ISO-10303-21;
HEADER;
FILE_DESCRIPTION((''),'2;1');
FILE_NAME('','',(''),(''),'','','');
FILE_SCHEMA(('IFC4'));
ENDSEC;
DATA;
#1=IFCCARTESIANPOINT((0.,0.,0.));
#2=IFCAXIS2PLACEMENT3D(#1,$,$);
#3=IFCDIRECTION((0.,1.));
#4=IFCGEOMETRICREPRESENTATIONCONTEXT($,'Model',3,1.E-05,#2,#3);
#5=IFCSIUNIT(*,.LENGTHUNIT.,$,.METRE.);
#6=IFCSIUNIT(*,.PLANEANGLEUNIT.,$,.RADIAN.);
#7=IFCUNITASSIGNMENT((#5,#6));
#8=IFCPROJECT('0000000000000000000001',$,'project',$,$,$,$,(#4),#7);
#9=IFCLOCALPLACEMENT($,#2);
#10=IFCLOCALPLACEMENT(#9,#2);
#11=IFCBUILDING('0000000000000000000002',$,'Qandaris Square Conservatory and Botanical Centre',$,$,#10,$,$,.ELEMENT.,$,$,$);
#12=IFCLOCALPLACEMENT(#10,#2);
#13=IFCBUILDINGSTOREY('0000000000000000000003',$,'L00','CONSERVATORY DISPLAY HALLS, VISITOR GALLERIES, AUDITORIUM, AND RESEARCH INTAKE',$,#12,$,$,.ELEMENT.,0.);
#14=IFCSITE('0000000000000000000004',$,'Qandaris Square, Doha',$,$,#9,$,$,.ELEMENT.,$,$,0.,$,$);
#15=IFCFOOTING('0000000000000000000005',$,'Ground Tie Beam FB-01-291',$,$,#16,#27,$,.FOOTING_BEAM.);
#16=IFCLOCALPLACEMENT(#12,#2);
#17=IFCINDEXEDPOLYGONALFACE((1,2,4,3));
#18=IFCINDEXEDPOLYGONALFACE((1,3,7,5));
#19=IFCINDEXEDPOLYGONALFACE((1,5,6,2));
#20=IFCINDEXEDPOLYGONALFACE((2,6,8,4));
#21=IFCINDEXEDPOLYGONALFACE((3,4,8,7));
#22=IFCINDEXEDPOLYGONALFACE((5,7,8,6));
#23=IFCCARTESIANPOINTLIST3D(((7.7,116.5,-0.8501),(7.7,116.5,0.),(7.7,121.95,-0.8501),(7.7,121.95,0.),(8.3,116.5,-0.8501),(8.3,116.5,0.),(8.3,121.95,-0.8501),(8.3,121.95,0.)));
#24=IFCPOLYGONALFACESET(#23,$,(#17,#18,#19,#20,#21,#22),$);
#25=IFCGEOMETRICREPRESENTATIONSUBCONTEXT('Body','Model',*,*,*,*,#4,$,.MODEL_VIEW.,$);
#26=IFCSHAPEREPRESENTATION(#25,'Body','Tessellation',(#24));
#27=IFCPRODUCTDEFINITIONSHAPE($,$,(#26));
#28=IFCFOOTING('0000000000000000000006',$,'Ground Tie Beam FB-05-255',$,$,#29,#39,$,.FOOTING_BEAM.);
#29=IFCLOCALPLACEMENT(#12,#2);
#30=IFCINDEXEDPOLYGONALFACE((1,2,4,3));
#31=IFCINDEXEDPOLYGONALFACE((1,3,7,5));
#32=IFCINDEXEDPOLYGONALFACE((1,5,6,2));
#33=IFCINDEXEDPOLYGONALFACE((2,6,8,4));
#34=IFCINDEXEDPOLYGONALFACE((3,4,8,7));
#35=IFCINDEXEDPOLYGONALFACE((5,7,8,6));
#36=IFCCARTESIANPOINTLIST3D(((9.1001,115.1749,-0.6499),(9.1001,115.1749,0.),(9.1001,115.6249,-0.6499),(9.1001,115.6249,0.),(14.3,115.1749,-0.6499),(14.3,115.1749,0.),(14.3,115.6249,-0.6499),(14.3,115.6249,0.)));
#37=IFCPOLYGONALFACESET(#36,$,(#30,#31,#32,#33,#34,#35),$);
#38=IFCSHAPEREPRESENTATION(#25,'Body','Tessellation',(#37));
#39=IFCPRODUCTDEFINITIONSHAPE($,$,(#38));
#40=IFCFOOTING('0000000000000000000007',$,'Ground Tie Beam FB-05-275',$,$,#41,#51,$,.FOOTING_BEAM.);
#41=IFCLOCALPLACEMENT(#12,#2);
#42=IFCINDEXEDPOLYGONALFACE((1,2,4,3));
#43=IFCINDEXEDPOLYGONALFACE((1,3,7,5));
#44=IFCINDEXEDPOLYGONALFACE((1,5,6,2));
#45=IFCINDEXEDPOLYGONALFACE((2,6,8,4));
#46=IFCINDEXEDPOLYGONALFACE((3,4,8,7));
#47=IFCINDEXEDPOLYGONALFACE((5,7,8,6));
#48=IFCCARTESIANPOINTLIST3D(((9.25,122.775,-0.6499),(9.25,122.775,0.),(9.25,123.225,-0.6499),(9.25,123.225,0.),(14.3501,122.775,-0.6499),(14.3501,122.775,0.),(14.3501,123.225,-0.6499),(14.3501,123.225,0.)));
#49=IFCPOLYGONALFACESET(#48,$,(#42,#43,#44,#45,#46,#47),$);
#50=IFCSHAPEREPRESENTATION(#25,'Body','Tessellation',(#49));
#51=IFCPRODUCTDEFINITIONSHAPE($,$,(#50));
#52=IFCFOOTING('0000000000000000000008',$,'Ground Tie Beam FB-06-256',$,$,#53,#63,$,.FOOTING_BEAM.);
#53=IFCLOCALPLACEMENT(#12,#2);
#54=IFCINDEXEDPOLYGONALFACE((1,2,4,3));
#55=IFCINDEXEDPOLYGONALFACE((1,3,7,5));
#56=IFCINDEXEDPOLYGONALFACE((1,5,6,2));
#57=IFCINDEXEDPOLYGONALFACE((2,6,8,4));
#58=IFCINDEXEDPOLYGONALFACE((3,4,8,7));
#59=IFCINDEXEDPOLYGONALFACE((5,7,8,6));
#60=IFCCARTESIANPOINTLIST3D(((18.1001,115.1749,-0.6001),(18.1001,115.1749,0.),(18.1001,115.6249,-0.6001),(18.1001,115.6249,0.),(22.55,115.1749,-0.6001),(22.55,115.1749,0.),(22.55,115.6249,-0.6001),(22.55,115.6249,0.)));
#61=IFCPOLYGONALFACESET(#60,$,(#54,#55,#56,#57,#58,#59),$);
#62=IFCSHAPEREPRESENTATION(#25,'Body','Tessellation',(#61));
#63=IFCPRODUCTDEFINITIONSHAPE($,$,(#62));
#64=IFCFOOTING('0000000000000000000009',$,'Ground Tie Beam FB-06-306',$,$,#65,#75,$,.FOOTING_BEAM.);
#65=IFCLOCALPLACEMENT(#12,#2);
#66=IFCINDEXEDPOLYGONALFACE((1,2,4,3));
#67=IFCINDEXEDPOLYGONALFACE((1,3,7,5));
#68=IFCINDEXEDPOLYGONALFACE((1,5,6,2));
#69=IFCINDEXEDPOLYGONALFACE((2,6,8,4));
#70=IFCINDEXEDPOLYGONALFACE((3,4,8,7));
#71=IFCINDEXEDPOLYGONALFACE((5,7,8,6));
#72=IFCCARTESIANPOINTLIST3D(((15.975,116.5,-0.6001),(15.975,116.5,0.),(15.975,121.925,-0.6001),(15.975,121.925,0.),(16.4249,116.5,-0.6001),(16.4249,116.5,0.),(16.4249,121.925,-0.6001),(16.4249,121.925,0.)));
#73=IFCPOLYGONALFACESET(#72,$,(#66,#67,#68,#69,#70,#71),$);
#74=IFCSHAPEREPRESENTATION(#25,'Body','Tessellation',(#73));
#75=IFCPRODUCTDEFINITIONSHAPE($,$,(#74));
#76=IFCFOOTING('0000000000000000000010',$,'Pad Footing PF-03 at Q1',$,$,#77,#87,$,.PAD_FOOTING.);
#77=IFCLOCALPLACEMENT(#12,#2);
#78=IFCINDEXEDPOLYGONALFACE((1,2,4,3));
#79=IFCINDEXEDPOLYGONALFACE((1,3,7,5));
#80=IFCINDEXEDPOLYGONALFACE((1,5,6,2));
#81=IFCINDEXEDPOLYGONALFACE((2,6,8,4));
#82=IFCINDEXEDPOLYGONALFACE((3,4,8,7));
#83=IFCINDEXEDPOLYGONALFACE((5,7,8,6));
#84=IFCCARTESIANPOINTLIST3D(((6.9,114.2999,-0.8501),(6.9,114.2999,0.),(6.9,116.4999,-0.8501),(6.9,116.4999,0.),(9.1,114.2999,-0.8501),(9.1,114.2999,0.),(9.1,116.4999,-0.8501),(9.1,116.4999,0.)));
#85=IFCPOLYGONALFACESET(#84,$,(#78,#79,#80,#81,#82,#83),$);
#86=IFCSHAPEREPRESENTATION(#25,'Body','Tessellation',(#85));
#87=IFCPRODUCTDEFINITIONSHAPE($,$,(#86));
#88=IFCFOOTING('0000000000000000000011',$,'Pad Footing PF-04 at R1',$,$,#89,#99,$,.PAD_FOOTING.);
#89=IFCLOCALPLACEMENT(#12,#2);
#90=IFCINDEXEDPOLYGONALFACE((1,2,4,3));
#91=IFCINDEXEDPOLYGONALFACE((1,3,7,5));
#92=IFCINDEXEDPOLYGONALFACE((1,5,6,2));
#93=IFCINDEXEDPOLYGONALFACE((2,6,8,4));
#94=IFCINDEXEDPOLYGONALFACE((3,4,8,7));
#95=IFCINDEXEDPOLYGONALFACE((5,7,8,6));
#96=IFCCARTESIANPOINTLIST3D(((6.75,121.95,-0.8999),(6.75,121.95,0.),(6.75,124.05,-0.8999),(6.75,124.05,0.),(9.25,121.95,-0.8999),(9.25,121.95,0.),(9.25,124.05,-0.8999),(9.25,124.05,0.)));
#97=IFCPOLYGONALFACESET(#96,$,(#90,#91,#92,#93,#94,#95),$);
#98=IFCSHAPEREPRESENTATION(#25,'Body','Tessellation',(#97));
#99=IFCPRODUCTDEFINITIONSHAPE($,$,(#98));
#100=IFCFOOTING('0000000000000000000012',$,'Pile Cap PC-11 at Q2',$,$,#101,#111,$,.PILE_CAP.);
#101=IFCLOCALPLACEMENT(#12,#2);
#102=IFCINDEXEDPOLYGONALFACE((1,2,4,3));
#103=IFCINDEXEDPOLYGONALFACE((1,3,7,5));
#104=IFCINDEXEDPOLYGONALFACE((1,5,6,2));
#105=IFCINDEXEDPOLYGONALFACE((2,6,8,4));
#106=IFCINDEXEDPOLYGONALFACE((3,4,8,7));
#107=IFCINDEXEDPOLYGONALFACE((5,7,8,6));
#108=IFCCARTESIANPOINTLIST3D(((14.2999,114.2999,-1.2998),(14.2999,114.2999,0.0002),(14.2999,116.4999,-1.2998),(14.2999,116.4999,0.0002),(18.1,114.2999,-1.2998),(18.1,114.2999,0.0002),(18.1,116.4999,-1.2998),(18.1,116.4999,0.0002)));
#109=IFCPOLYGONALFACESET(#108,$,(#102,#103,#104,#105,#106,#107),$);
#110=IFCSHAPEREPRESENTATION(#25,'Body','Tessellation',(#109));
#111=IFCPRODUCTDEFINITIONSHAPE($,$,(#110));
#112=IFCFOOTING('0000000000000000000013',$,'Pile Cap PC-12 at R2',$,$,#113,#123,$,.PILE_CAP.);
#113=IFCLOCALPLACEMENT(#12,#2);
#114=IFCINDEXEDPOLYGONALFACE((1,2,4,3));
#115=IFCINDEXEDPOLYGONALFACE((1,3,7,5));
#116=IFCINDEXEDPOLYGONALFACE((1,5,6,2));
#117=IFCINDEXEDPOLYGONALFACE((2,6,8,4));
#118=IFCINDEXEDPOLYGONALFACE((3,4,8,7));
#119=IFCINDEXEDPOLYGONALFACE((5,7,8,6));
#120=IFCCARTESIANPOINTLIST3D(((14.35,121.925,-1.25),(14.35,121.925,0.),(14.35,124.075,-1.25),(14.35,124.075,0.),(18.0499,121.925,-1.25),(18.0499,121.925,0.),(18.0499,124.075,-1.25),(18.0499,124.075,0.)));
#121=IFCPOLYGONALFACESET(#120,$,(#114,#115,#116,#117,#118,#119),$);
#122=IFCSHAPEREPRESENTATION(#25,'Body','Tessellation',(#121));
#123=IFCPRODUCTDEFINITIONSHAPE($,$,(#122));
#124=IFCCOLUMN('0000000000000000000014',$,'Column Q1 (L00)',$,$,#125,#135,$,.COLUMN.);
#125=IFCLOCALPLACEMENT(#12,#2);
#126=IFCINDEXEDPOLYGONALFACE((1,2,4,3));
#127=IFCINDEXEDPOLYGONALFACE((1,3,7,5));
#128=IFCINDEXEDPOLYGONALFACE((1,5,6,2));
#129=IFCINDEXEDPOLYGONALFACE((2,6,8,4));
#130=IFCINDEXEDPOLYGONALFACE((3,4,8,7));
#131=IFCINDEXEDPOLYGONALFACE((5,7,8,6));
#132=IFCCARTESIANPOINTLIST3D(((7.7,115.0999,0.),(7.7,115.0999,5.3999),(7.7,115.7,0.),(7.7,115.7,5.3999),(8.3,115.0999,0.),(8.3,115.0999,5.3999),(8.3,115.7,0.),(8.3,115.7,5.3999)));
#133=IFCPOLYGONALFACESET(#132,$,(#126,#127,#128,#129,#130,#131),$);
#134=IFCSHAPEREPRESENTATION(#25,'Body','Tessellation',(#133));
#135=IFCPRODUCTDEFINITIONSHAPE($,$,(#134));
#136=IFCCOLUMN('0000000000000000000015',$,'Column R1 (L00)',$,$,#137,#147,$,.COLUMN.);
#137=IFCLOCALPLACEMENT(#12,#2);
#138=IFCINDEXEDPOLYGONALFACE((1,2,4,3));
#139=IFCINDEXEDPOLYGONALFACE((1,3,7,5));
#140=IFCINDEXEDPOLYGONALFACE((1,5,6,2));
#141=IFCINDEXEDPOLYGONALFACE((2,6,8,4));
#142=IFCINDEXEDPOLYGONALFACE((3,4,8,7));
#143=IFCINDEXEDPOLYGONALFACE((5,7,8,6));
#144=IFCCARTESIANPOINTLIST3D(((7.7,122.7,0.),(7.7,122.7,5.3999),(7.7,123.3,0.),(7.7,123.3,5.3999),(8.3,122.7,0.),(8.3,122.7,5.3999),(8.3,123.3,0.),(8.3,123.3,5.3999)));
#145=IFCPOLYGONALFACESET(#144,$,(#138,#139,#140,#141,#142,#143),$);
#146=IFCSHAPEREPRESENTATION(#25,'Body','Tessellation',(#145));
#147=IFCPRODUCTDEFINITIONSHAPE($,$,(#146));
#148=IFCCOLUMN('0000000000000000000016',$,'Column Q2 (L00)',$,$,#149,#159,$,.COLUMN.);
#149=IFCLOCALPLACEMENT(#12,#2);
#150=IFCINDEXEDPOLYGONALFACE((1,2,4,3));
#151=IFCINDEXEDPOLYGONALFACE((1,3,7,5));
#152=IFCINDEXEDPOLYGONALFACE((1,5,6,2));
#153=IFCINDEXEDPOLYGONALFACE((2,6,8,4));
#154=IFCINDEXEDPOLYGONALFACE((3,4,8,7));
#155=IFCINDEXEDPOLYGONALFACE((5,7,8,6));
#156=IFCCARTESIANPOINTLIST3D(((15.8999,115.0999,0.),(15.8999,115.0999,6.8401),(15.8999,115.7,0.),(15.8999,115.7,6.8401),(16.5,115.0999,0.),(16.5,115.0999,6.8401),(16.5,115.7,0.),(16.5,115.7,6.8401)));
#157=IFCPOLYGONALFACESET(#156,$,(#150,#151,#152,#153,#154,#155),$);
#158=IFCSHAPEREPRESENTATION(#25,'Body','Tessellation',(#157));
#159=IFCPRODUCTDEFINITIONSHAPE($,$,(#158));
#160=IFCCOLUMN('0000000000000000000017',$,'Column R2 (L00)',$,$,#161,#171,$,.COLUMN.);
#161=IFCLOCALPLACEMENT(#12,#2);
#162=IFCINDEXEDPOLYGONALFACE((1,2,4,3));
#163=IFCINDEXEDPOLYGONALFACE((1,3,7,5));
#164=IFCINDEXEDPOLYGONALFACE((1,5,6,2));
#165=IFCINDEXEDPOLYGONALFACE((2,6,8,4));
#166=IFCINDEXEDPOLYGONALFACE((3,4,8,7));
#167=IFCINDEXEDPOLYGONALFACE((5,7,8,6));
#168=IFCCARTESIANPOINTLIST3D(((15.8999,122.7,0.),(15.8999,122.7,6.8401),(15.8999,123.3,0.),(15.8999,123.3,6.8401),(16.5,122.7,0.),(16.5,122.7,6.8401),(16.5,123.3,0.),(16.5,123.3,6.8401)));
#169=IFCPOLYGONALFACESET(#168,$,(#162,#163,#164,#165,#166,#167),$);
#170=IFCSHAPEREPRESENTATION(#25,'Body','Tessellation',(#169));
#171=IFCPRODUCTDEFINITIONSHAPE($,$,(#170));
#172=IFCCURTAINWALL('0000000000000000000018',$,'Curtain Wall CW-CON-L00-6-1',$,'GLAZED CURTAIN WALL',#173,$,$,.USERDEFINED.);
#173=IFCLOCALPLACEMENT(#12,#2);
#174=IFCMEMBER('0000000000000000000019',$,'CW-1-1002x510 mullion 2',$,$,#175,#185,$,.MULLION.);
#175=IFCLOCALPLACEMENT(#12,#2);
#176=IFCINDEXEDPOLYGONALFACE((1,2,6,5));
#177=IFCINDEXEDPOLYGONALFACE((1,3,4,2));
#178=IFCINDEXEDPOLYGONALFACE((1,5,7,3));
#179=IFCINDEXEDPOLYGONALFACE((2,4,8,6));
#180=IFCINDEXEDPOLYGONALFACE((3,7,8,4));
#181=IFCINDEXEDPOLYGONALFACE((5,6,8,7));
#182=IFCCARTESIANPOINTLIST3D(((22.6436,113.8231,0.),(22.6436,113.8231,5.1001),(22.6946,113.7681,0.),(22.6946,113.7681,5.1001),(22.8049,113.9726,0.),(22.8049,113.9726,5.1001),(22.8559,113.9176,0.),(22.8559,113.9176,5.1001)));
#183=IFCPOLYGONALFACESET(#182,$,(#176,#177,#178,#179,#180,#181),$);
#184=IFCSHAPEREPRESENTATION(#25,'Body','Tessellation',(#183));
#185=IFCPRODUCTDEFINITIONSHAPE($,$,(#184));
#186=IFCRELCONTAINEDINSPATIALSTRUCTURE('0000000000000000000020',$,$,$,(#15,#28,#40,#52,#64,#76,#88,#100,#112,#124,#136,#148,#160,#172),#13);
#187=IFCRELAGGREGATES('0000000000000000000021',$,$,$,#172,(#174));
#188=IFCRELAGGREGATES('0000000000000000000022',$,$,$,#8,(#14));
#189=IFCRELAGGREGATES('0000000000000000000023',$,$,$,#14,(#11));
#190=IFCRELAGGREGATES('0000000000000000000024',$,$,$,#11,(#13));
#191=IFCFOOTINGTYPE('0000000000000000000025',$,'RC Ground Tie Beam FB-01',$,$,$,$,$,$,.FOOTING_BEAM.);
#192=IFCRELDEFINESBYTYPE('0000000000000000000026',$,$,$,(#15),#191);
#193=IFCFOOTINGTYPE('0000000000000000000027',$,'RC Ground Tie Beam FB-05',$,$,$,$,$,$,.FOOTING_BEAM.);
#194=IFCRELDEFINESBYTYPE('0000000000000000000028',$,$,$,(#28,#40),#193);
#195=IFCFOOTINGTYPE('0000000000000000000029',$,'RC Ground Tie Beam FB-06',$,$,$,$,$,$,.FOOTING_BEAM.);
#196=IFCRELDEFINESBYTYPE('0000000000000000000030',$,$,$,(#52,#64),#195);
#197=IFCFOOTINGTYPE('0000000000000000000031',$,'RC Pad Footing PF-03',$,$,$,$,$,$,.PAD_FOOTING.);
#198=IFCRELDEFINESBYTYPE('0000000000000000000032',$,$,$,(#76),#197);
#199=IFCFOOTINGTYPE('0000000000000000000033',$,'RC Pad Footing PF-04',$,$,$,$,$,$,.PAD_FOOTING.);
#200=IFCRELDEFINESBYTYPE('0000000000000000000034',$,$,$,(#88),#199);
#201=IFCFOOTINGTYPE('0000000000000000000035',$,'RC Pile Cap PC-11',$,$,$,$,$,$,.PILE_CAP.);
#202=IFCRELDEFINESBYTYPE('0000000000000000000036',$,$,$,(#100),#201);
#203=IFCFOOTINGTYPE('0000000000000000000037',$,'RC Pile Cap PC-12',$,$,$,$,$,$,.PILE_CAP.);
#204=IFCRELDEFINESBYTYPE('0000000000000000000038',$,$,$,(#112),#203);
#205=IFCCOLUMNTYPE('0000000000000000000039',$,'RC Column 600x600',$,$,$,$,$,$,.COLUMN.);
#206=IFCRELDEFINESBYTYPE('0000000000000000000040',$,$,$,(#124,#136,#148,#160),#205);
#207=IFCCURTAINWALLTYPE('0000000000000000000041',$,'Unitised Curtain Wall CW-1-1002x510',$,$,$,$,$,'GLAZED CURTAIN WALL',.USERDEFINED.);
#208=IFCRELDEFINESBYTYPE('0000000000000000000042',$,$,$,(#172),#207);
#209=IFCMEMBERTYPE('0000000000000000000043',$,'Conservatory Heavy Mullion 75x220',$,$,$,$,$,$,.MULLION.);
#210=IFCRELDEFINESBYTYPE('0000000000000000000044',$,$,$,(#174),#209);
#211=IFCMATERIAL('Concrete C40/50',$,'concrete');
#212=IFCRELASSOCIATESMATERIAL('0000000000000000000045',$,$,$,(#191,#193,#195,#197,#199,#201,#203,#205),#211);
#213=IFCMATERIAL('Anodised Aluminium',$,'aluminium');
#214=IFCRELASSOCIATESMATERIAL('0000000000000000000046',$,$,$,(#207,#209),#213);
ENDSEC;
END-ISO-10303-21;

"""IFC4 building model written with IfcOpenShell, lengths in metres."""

from ifc_helpers import new_model, si_unit, direction, frame, origin, origin_2d, place, context, subcontext, project, spatial, rectangle, extrude, material, material_profile, profile_set, type_object, element, aggregate, save


model = new_model("IFC4")

# Units and contexts
model_context = context("Model", 3, precision=1e-05, world=origin(), true_north=direction((0.0, 1.0)))
body_context = subcontext(model_context, "Body", "Model", "MODEL_VIEW")
ifc_project = project(units=[si_unit("LENGTHUNIT", "METRE"), si_unit("PLANEANGLEUNIT", "RADIAN")], contexts=[model_context])

# Site, building, storey
site_placement = place(None, origin())
site = spatial("IfcSite", under=ifc_project, at=site_placement, Name="Qandaris Square, Doha", CompositionType="ELEMENT", RefElevation=0.0)
building_placement = place(site_placement, origin())
building = spatial("IfcBuilding", under=site, at=building_placement, Name="Qandaris Square Conservatory and Botanical Centre", CompositionType="ELEMENT")
storey_placement = place(building_placement, origin())
storey = spatial("IfcBuildingStorey", under=building, at=storey_placement, Name="L00", Description="CONSERVATORY DISPLAY HALLS, VISITOR GALLERIES, AUDITORIUM, AND RESEARCH INTAKE", CompositionType="ELEMENT", Elevation=0.0)

# Footings
ifc_material_1 = material(Name="Concrete C40/50", Category="concrete")
ifc_material_profile_1 = material_profile(ifc_material_1, rectangle(XDim=0.6001, YDim=0.8501, at=origin_2d()), Name="FB 600x850")
ifc_profile_set_1 = profile_set([ifc_material_profile_1], Name="Concrete C40/50")
footing_type_1 = type_object("IfcFootingType", Name="RC Ground Tie Beam FB-01", PredefinedType="FOOTING_BEAM", material=ifc_profile_set_1)
footing_1_placement = place(storey_placement, frame((8.0, 116.5, -0.425), z_axis=(0.0, 1.0, 0.0), x_axis=(-1.0, 0.0, 0.0)))
element("IfcFooting", 1, at=footing_1_placement, inside=storey, type_object=footing_type_1, Name="Ground Tie Beam FB-01-291", PredefinedType="FOOTING_BEAM", context=body_context, shape_type="SweptSolid", body=[
    extrude(rectangle(XDim=0.6001, YDim=0.8501, at=origin_2d()), origin(), (0.0, 0.0, 1.0), 5.45),
])
ifc_material_profile_2 = material_profile(ifc_material_1, rectangle(XDim=0.45, YDim=0.6499, at=origin_2d()), Name="FB 450x650")
ifc_profile_set_2 = profile_set([ifc_material_profile_2], Name="Concrete C40/50")
footing_type_2 = type_object("IfcFootingType", Name="RC Ground Tie Beam FB-05", PredefinedType="FOOTING_BEAM", material=ifc_profile_set_2)
footing_2_placement = place(storey_placement, frame((9.1001, 115.3999, -0.325), z_axis=(1.0, 0.0, 0.0), x_axis=(0.0, 1.0, 0.0)))
element("IfcFooting", 2, at=footing_2_placement, inside=storey, type_object=footing_type_2, Name="Ground Tie Beam FB-05-255", PredefinedType="FOOTING_BEAM", context=body_context, shape_type="SweptSolid", body=[
    extrude(rectangle(XDim=0.45, YDim=0.6499, at=origin_2d()), origin(), (0.0, 0.0, 1.0), 5.2),
])
footing_3_placement = place(storey_placement, frame((9.25, 123.0, -0.325), z_axis=(1.0, 0.0, 0.0), x_axis=(0.0, 1.0, 0.0)))
element("IfcFooting", 3, at=footing_3_placement, inside=storey, type_object=footing_type_2, Name="Ground Tie Beam FB-05-275", PredefinedType="FOOTING_BEAM", context=body_context, shape_type="SweptSolid", body=[
    extrude(rectangle(XDim=0.45, YDim=0.6499, at=origin_2d()), origin(), (0.0, 0.0, 1.0), 5.1001),
])
ifc_material_profile_3 = material_profile(ifc_material_1, rectangle(XDim=0.45, YDim=0.6001, at=origin_2d()), Name="FB 450x600")
ifc_profile_set_3 = profile_set([ifc_material_profile_3], Name="Concrete C40/50")
footing_type_3 = type_object("IfcFootingType", Name="RC Ground Tie Beam FB-06", PredefinedType="FOOTING_BEAM", material=ifc_profile_set_3)
footing_4_placement = place(storey_placement, frame((18.1001, 115.3999, -0.3), z_axis=(1.0, 0.0, 0.0), x_axis=(0.0, 1.0, 0.0)))
element("IfcFooting", 4, at=footing_4_placement, inside=storey, type_object=footing_type_3, Name="Ground Tie Beam FB-06-256", PredefinedType="FOOTING_BEAM", context=body_context, shape_type="SweptSolid", body=[
    extrude(rectangle(XDim=0.45, YDim=0.6001, at=origin_2d()), origin(), (0.0, 0.0, 1.0), 4.45),
])
footing_5_placement = place(storey_placement, frame((16.2, 116.5, -0.3), z_axis=(0.0, 1.0, 0.0), x_axis=(-1.0, 0.0, 0.0)))
element("IfcFooting", 5, at=footing_5_placement, inside=storey, type_object=footing_type_3, Name="Ground Tie Beam FB-06-306", PredefinedType="FOOTING_BEAM", context=body_context, shape_type="SweptSolid", body=[
    extrude(rectangle(XDim=0.45, YDim=0.6001, at=origin_2d()), origin(), (0.0, 0.0, 1.0), 5.425),
])
footing_type_4 = type_object("IfcFootingType", Name="RC Pad Footing PF-03", PredefinedType="PAD_FOOTING", material=ifc_material_1)
footing_6_placement = place(storey_placement, frame((8.0, 115.3999, -0.8501), z_axis=(0.0, 0.0, 1.0), x_axis=(1.0, 0.0, 0.0)))
element("IfcFooting", 6, at=footing_6_placement, inside=storey, type_object=footing_type_4, Name="Pad Footing PF-03 at Q1", PredefinedType="PAD_FOOTING", context=body_context, shape_type="SweptSolid", body=[
    extrude(rectangle(XDim=2.2, YDim=2.2, at=origin_2d()), origin(), (0.0, 0.0, 1.0), 0.8501),
])
footing_type_5 = type_object("IfcFootingType", Name="RC Pad Footing PF-04", PredefinedType="PAD_FOOTING", material=ifc_material_1)
footing_7_placement = place(storey_placement, frame((8.0, 123.0, -0.8999), z_axis=(0.0, 0.0, 1.0), x_axis=(1.0, 0.0, 0.0)))
element("IfcFooting", 7, at=footing_7_placement, inside=storey, type_object=footing_type_5, Name="Pad Footing PF-04 at R1", PredefinedType="PAD_FOOTING", context=body_context, shape_type="SweptSolid", body=[
    extrude(rectangle(XDim=2.5, YDim=2.1001, at=origin_2d()), origin(), (0.0, 0.0, 1.0), 0.8999),
])
footing_type_6 = type_object("IfcFootingType", Name="RC Pile Cap PC-11", PredefinedType="PILE_CAP", material=ifc_material_1)
footing_8_placement = place(storey_placement, frame((16.2, 115.3999, -1.2998), z_axis=(0.0, 0.0, 1.0), x_axis=(1.0, 0.0, 0.0)))
element("IfcFooting", 8, at=footing_8_placement, inside=storey, type_object=footing_type_6, Name="Pile Cap PC-11 at Q2", PredefinedType="PILE_CAP", context=body_context, shape_type="SweptSolid", body=[
    extrude(rectangle(XDim=3.8, YDim=2.2, at=origin_2d()), origin(), (0.0, 0.0, 1.0), 1.3),
])
footing_type_7 = type_object("IfcFootingType", Name="RC Pile Cap PC-12", PredefinedType="PILE_CAP", material=ifc_material_1)
footing_9_placement = place(storey_placement, frame((16.2, 123.0, -1.25), z_axis=(0.0, 0.0, 1.0), x_axis=(1.0, 0.0, 0.0)))
element("IfcFooting", 9, at=footing_9_placement, inside=storey, type_object=footing_type_7, Name="Pile Cap PC-12 at R2", PredefinedType="PILE_CAP", context=body_context, shape_type="SweptSolid", body=[
    extrude(rectangle(XDim=3.7, YDim=2.1499, at=origin_2d()), origin(), (0.0, 0.0, 1.0), 1.25),
])

# Columns
ifc_material_profile_4 = material_profile(ifc_material_1, rectangle(XDim=0.6001, YDim=0.6001, at=origin_2d()), Name="RC-COL 600x600")
ifc_profile_set_4 = profile_set([ifc_material_profile_4], Name="Concrete C40/50")
column_type = type_object("IfcColumnType", Name="RC Column 600x600", PredefinedType="COLUMN", material=ifc_profile_set_4)
for number, where, z_axis, x_axis, name in (
    (10, (8.0, 115.3999, 0.0), (0.0, 0.0, 1.0), (1.0, 0.0, 0.0), "Column Q1 (L00)"),
    (11, (8.0, 123.0, 0.0), (0.0, 0.0, 1.0), (1.0, 0.0, 0.0), "Column R1 (L00)"),
):
    element("IfcColumn", number, at=place(storey_placement, frame(where, z_axis=z_axis, x_axis=x_axis)), inside=storey, type_object=column_type, Name=name, PredefinedType="COLUMN", context=body_context, shape_type="SweptSolid", body=[
        extrude(rectangle(XDim=0.6001, YDim=0.6001, at=origin_2d()), origin(), (0.0, 0.0, 1.0), 5.3999),
    ])
for number, where, z_axis, x_axis, name in (
    (12, (16.2, 115.3999, 0.0), (0.0, 0.0, 1.0), (1.0, 0.0, 0.0), "Column Q2 (L00)"),
    (13, (16.2, 123.0, 0.0), (0.0, 0.0, 1.0), (1.0, 0.0, 0.0), "Column R2 (L00)"),
):
    element("IfcColumn", number, at=place(storey_placement, frame(where, z_axis=z_axis, x_axis=x_axis)), inside=storey, type_object=column_type, Name=name, PredefinedType="COLUMN", context=body_context, shape_type="SweptSolid", body=[
        extrude(rectangle(XDim=0.6001, YDim=0.6001, at=origin_2d()), origin(), (0.0, 0.0, 1.0), 6.8401),
    ])

# Curtain wall, member
ifc_material_2 = material(Name="Anodised Aluminium", Category="aluminium")
curtain_wall_type = type_object("IfcCurtainWallType", Name="Unitised Curtain Wall CW-1-1002x510", ElementType="GLAZED CURTAIN WALL", PredefinedType="USERDEFINED", material=ifc_material_2)
curtain_wall_placement = place(storey_placement, origin())
curtain_wall = element("IfcCurtainWall", 14, at=curtain_wall_placement, inside=storey, type_object=curtain_wall_type, Name="Curtain Wall CW-CON-L00-6-1", ObjectType="GLAZED CURTAIN WALL", PredefinedType="USERDEFINED")
ifc_material_profile_5 = material_profile(ifc_material_2, rectangle(XDim=0.075, YDim=0.22, at=origin_2d()), Name="ALU-MUL 75x220")
ifc_profile_set_5 = profile_set([ifc_material_profile_5], Name="Anodised Aluminium")
member_type_1 = type_object("IfcMemberType", Name="Conservatory Heavy Mullion 75x220", PredefinedType="MULLION", material=ifc_profile_set_5)
member_1_placement = place(storey_placement, frame((22.7498, 113.8704, 0.0), z_axis=(0.0, 0.0, 1.0), x_axis=(0.679762, -0.733433, 0.0)))
member_1 = element("IfcMember", 15, at=member_1_placement, type_object=member_type_1, Name="CW-1-1002x510 mullion 2", PredefinedType="MULLION", context=body_context, shape_type="SweptSolid", body=[
    extrude(rectangle(XDim=0.075, YDim=0.22, at=origin_2d()), origin(), (0.0, 0.0, 1.0), 5.1001),
])

aggregate(curtain_wall, [member_1])

save(model, "model.ifc")
